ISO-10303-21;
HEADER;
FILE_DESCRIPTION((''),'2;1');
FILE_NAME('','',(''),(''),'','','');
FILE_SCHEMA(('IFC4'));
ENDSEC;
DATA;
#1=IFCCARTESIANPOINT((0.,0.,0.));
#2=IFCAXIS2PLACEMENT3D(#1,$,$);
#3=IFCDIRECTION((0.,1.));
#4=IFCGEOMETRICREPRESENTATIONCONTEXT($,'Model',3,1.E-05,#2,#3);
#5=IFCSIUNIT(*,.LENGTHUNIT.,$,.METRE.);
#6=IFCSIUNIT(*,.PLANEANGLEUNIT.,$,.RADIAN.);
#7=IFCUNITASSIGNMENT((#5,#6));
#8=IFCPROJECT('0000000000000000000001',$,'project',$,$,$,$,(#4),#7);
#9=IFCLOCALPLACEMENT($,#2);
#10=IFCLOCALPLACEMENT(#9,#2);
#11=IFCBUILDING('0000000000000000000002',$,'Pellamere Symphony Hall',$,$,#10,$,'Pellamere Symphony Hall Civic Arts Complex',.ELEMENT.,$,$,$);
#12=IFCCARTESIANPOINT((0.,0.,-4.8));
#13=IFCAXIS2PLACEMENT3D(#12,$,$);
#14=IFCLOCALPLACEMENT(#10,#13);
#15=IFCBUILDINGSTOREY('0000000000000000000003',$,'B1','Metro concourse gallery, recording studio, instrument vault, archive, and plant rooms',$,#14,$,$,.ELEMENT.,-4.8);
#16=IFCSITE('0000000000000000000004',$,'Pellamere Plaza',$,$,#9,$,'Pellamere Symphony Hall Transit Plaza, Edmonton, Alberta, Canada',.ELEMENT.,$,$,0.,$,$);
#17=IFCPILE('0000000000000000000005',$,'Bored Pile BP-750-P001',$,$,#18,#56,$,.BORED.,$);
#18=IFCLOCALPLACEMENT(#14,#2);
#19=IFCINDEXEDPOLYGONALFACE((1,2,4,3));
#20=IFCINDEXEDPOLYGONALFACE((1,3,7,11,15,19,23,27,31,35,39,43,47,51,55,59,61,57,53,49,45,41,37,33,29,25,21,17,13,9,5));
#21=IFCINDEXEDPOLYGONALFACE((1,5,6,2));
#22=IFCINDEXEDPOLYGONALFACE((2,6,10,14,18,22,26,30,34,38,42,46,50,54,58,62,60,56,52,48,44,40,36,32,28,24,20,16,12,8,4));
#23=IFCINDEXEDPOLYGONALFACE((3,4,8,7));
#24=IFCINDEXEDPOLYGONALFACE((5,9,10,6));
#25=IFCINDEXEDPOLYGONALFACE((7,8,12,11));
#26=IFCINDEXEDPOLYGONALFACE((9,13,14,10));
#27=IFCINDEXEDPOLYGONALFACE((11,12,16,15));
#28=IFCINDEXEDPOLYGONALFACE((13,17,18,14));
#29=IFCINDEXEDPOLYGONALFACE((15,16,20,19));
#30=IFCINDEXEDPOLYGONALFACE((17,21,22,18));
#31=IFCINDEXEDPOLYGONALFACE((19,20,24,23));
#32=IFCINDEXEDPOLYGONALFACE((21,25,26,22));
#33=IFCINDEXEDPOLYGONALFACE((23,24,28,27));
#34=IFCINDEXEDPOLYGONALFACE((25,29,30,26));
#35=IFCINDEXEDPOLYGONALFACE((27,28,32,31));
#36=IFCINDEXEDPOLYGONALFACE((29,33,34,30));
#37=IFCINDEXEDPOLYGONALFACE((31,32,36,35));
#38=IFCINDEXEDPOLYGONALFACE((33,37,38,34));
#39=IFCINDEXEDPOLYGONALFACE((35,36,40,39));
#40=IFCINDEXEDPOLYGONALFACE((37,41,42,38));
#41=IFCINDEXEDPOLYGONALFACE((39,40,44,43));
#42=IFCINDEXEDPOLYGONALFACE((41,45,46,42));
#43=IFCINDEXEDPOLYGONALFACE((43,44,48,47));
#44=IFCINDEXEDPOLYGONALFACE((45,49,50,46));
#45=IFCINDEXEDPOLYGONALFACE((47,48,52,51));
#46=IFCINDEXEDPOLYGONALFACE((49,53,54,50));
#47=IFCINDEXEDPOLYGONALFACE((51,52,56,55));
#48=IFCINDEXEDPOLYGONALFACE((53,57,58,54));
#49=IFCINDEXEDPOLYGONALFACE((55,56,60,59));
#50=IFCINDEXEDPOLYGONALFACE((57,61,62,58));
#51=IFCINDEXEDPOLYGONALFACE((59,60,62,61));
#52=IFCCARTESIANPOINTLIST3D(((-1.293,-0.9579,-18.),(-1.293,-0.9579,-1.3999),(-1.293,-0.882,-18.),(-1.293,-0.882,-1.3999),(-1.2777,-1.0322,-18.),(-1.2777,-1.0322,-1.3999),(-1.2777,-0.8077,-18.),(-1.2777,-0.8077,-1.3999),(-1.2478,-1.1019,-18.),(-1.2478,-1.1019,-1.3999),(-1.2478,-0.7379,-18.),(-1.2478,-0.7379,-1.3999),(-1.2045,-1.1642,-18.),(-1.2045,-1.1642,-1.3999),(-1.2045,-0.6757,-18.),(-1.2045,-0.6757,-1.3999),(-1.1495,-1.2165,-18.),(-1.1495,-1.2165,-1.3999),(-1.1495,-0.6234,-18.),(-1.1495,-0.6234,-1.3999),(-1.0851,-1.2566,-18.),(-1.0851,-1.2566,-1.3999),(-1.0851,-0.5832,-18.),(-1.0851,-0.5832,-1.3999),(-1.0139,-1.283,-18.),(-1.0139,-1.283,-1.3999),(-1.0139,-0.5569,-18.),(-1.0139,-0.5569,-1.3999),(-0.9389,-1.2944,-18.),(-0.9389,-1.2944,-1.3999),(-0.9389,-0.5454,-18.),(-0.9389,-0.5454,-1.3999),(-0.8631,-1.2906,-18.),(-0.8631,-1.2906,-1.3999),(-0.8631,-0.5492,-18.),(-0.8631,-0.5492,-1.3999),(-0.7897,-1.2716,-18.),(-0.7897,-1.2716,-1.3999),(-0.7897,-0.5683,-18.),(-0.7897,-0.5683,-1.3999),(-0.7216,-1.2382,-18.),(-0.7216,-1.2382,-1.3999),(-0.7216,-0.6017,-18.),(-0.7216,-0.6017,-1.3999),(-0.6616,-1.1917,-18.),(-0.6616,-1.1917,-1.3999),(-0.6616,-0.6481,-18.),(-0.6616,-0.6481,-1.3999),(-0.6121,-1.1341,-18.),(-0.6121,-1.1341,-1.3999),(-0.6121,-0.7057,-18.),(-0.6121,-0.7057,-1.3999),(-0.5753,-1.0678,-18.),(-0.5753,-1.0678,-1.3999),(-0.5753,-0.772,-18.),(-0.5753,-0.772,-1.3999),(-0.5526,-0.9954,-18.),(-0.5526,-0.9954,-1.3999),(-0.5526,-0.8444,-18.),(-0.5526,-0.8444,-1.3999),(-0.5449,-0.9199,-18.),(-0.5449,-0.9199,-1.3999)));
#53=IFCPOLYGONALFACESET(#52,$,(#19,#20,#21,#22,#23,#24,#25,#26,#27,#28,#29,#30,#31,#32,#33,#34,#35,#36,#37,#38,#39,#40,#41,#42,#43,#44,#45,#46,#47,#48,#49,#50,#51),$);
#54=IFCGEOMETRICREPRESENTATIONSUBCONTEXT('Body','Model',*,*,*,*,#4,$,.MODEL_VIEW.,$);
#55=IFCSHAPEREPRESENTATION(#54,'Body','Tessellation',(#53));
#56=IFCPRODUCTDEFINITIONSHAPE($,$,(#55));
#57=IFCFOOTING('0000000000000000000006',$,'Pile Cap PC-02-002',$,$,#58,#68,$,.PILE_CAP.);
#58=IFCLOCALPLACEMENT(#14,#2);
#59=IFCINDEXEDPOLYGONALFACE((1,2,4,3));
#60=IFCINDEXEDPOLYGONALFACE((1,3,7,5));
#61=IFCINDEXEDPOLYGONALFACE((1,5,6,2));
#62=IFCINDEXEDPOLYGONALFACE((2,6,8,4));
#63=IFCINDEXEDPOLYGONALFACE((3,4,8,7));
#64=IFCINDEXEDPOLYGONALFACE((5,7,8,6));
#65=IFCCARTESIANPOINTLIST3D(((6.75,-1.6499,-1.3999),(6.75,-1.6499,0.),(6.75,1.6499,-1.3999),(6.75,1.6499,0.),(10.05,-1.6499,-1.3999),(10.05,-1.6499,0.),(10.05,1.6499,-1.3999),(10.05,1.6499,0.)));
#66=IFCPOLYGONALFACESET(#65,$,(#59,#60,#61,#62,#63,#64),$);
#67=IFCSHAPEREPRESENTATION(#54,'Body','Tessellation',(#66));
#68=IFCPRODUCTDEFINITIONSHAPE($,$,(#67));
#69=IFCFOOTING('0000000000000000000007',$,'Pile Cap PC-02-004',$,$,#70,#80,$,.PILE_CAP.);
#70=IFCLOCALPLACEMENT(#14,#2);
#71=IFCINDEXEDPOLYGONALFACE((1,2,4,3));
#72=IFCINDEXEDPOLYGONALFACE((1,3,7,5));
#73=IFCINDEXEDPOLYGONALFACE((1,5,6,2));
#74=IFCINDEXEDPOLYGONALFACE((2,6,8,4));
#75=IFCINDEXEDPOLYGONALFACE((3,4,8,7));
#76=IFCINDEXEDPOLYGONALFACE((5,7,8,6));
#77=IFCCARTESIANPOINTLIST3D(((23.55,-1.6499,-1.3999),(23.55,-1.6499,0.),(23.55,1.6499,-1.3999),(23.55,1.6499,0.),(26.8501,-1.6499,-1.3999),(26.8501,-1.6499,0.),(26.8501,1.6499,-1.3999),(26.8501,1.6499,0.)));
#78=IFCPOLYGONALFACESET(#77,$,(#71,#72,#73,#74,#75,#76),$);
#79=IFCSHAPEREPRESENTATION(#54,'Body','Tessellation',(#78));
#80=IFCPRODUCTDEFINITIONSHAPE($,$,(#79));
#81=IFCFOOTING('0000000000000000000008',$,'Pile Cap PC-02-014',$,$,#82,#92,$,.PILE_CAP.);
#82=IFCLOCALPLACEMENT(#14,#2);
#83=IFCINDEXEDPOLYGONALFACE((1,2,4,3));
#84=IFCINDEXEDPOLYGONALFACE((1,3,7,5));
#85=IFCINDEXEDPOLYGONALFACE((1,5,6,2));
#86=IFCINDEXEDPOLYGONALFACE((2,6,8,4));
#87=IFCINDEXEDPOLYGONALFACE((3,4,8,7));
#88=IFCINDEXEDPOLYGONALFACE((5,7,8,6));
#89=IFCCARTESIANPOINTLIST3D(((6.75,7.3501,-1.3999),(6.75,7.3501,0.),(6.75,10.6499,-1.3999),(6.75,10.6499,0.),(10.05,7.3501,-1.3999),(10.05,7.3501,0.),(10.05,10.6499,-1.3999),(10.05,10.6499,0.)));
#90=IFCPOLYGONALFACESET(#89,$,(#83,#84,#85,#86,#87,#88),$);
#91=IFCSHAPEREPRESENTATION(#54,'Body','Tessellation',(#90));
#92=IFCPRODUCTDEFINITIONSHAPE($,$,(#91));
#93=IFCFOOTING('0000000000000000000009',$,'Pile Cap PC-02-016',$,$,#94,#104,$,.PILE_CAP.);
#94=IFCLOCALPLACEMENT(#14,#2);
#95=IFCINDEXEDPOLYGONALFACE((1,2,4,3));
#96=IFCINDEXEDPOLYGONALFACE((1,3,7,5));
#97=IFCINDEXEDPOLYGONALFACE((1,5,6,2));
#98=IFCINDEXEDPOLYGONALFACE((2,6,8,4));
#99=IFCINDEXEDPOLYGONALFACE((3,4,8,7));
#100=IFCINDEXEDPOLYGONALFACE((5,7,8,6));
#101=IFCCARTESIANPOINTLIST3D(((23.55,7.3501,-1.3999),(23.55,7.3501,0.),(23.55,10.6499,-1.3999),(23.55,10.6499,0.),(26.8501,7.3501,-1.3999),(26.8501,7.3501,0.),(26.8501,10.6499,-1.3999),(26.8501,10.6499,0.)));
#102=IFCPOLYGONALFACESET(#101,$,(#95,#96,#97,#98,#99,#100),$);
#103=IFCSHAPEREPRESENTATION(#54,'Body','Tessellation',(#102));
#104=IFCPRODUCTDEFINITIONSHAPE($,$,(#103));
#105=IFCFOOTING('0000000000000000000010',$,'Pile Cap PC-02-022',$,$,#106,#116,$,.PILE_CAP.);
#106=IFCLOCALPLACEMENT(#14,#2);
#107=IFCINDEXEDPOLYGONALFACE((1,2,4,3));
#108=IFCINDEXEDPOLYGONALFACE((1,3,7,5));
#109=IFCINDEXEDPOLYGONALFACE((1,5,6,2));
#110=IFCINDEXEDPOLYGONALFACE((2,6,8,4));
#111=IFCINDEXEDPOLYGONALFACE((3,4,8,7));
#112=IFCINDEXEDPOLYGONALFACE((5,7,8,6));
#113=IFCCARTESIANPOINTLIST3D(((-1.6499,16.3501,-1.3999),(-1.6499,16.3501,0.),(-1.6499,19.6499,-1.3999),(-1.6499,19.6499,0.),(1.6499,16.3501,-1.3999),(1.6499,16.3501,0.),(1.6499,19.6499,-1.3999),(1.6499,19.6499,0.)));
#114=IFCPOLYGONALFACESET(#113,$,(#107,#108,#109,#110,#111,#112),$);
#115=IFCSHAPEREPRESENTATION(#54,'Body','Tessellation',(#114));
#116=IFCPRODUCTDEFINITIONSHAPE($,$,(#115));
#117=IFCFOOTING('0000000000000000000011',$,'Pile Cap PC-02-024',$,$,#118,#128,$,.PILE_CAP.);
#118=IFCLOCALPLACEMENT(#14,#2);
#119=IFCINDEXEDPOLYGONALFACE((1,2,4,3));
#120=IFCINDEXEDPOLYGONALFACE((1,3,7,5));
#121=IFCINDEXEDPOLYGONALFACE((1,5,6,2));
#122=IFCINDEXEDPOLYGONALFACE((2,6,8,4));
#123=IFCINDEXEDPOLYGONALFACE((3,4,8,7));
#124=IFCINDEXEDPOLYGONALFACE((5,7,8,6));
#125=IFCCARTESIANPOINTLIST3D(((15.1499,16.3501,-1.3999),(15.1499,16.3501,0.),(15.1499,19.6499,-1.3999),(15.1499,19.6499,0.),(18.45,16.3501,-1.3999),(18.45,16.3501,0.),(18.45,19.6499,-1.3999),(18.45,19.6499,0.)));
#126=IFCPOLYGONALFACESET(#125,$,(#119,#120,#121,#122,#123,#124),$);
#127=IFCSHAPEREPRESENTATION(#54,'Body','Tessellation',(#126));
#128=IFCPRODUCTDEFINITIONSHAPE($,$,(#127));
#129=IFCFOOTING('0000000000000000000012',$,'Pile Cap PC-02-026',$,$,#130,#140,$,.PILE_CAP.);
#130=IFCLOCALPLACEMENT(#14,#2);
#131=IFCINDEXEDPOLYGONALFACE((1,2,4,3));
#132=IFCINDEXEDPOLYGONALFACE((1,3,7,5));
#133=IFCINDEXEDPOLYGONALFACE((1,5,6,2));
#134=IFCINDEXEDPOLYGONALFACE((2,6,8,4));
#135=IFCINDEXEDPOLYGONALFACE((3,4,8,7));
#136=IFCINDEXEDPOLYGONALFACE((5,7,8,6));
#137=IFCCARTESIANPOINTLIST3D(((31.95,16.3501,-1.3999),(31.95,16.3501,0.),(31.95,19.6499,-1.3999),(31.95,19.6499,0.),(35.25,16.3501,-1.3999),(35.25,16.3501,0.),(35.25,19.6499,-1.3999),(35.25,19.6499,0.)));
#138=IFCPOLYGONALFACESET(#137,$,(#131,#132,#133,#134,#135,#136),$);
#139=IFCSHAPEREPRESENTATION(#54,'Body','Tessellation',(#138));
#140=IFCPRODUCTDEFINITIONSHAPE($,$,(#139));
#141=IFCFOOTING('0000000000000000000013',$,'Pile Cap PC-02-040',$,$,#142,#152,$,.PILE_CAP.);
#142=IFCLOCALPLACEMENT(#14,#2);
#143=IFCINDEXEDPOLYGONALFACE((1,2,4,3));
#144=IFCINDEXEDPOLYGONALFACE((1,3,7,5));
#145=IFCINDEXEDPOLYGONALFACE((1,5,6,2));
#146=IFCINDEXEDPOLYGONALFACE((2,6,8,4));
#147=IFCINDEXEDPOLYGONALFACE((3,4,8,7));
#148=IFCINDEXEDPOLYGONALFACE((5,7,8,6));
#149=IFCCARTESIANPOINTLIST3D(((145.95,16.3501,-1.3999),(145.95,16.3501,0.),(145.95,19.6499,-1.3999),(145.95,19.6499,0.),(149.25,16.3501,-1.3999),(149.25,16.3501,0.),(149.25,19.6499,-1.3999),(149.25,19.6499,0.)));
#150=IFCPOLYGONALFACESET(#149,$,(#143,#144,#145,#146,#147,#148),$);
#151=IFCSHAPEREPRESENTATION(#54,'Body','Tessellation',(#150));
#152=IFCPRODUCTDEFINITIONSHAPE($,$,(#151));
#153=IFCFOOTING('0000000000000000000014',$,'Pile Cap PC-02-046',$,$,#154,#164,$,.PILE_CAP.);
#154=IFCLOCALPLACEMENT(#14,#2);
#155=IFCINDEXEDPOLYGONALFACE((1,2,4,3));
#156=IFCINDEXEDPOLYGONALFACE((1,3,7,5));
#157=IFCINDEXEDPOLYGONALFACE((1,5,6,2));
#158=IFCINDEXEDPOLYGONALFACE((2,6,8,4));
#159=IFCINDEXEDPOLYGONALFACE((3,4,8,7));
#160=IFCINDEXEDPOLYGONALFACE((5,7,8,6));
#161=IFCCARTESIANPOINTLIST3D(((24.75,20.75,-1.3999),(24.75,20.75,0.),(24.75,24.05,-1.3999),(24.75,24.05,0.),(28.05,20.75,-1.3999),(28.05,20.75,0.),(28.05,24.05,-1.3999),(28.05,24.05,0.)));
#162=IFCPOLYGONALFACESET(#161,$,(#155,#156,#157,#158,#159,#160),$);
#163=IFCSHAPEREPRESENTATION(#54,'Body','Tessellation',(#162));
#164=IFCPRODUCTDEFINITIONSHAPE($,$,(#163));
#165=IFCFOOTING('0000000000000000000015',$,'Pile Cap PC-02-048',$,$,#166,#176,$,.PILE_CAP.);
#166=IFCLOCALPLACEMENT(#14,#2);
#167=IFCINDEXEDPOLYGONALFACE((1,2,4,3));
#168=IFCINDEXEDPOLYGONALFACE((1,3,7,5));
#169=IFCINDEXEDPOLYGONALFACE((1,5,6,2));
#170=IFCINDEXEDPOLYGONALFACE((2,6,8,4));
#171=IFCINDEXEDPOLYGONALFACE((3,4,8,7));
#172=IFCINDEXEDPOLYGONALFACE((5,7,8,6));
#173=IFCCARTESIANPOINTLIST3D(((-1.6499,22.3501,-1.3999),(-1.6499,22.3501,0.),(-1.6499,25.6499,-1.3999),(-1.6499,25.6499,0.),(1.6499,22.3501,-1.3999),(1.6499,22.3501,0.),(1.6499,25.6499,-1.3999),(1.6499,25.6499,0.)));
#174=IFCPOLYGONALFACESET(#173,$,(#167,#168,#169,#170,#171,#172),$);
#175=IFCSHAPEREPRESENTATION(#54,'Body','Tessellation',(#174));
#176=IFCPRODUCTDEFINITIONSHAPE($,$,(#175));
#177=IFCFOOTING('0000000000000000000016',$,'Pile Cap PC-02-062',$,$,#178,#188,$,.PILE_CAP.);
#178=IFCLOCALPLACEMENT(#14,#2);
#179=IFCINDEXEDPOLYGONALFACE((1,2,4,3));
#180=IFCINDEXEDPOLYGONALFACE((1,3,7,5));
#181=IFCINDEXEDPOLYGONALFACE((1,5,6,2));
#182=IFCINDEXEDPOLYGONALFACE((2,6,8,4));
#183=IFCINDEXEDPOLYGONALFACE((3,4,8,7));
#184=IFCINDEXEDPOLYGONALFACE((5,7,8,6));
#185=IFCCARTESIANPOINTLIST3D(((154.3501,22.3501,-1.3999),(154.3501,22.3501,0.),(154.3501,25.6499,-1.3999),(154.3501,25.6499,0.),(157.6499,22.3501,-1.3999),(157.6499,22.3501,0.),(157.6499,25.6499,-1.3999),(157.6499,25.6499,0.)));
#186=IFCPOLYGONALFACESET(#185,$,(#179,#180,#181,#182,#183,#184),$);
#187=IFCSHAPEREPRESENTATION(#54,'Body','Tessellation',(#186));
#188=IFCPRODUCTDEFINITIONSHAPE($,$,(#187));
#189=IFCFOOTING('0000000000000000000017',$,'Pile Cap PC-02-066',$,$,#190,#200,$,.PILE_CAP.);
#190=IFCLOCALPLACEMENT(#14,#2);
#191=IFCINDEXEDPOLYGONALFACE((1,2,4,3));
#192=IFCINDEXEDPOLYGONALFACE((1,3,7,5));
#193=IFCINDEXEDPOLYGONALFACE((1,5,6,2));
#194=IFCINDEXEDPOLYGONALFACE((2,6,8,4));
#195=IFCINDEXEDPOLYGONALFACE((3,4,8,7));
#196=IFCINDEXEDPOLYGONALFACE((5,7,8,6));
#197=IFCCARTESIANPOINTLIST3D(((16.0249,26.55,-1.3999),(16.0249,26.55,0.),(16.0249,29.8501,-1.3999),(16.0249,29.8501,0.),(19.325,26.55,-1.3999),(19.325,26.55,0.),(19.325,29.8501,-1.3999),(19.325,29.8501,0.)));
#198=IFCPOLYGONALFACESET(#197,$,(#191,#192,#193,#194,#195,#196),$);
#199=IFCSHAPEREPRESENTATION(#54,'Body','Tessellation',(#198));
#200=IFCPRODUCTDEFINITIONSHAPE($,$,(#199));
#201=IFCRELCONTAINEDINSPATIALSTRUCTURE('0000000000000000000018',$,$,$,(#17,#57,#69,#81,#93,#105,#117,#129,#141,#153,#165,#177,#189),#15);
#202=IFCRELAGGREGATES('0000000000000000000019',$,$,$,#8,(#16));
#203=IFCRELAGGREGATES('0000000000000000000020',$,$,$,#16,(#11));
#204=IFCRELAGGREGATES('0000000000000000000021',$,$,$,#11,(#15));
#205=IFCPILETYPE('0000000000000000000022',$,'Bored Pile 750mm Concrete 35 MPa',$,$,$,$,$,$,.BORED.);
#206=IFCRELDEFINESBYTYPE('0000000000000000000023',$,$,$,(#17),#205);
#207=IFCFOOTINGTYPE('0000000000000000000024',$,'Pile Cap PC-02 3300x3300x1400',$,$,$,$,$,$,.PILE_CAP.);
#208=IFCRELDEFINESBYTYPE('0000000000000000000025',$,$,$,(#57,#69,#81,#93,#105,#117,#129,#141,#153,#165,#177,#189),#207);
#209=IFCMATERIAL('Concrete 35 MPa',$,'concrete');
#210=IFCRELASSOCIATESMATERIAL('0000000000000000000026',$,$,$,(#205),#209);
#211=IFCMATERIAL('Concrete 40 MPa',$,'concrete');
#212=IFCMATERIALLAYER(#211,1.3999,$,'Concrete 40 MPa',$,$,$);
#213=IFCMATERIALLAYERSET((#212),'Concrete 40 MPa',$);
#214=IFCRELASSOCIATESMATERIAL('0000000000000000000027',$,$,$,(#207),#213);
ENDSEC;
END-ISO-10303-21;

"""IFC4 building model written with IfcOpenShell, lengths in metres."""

from ifc_helpers import new_model, si_unit, direction, frame, origin, origin_2d, place, context, subcontext, project, spatial, polyline, circle, outline, extrude, material, layer, layer_set, material_profile, profile_set, type_object, element, save


model = new_model("IFC4")

# Units and contexts
model_context = context("Model", 3, precision=1e-05, world=origin(), true_north=direction((0.0, 1.0)))
body_context = subcontext(model_context, "Body", "Model", "MODEL_VIEW")
ifc_project = project(units=[si_unit("LENGTHUNIT", "METRE"), si_unit("PLANEANGLEUNIT", "RADIAN")], contexts=[model_context])

# Site, building, storey
site_placement = place(None, origin())
site = spatial("IfcSite", under=ifc_project, at=site_placement, Name="Pellamere Plaza", LongName="Pellamere Symphony Hall Transit Plaza, Edmonton, Alberta, Canada", CompositionType="ELEMENT", RefElevation=0.0)
building_placement = place(site_placement, origin())
building = spatial("IfcBuilding", under=site, at=building_placement, Name="Pellamere Symphony Hall", LongName="Pellamere Symphony Hall Civic Arts Complex", CompositionType="ELEMENT")
storey_placement = place(building_placement, frame((0.0, 0.0, -4.8)))
storey = spatial("IfcBuildingStorey", under=building, at=storey_placement, Name="B1", Description="Metro concourse gallery, recording studio, instrument vault, archive, and plant rooms", CompositionType="ELEMENT", Elevation=-4.8)

# Pile
ifc_material_1 = material(Name="Concrete 35 MPa", Category="concrete")
ifc_material_profile = material_profile(ifc_material_1, circle(Radius=0.375, at=origin_2d()), Name="PILE D750")
ifc_profile_set = profile_set([ifc_material_profile], Name="Concrete 35 MPa")
pile_type = type_object("IfcPileType", Name="Bored Pile 750mm Concrete 35 MPa", PredefinedType="BORED", material=ifc_profile_set)
pile_placement = place(storey_placement, frame((-0.9199, -0.9199, -1.3999), z_axis=(0.0, 0.0, -1.0), x_axis=(1.0, 0.0, 0.0)))
element("IfcPile", 1, at=pile_placement, inside=storey, type_object=pile_type, Name="Bored Pile BP-750-P001", PredefinedType="BORED", context=body_context, shape_type="SweptSolid", body=[
    extrude(circle(Radius=0.375, at=origin_2d()), origin(), (0.0, 0.0, 1.0), 16.6001),
])

# Footings
ifc_material_2 = material(Name="Concrete 40 MPa", Category="concrete")
ifc_layer_1 = layer(ifc_material_2, 1.3999, Name="Concrete 40 MPa")
ifc_layer_set_1 = layer_set([ifc_layer_1], Name="Concrete 40 MPa")
footing_type_1 = type_object("IfcFootingType", Name="Pile Cap PC-02 3300x3300x1400", PredefinedType="PILE_CAP", material=ifc_layer_set_1)
footing_1_placement = place(storey_placement, frame((0.0, 0.0, -1.3999)))
element("IfcFooting", 2, at=footing_1_placement, inside=storey, type_object=footing_type_1, Name="Pile Cap PC-02-002", PredefinedType="PILE_CAP", context=body_context, shape_type="SweptSolid", body=[
    extrude(outline(polyline([(6.75, -1.6499), (6.75, 1.6499), (10.05, 1.6499), (10.05, -1.6499), (6.75, -1.6499)])), origin(), (0.0, 0.0, 1.0), 1.3999),
])
footing_2_placement = place(storey_placement, frame((0.0, 0.0, -1.3999)))
element("IfcFooting", 3, at=footing_2_placement, inside=storey, type_object=footing_type_1, Name="Pile Cap PC-02-004", PredefinedType="PILE_CAP", context=body_context, shape_type="SweptSolid", body=[
    extrude(outline(polyline([(26.8501, -1.6499), (23.55, -1.6499), (23.55, 1.6499), (26.8501, 1.6499), (26.8501, -1.6499)])), origin(), (0.0, 0.0, 1.0), 1.3999),
])
footing_3_placement = place(storey_placement, frame((0.0, 0.0, -1.3999)))
element("IfcFooting", 4, at=footing_3_placement, inside=storey, type_object=footing_type_1, Name="Pile Cap PC-02-014", PredefinedType="PILE_CAP", context=body_context, shape_type="SweptSolid", body=[
    extrude(outline(polyline([(6.75, 7.3501), (6.75, 10.6499), (10.05, 10.6499), (10.05, 7.3501), (6.75, 7.3501)])), origin(), (0.0, 0.0, 1.0), 1.3999),
])
footing_4_placement = place(storey_placement, frame((0.0, 0.0, -1.3999)))
element("IfcFooting", 5, at=footing_4_placement, inside=storey, type_object=footing_type_1, Name="Pile Cap PC-02-016", PredefinedType="PILE_CAP", context=body_context, shape_type="SweptSolid", body=[
    extrude(outline(polyline([(26.8501, 7.3501), (23.55, 7.3501), (23.55, 10.6499), (26.8501, 10.6499), (26.8501, 7.3501)])), origin(), (0.0, 0.0, 1.0), 1.3999),
])
footing_5_placement = place(storey_placement, frame((0.0, 0.0, -1.3999)))
element("IfcFooting", 6, at=footing_5_placement, inside=storey, type_object=footing_type_1, Name="Pile Cap PC-02-022", PredefinedType="PILE_CAP", context=body_context, shape_type="SweptSolid", body=[
    extrude(outline(polyline([(-1.6499, 16.3501), (-1.6499, 19.6499), (1.6499, 19.6499), (1.6499, 16.3501), (-1.6499, 16.3501)])), origin(), (0.0, 0.0, 1.0), 1.3999),
])
footing_6_placement = place(storey_placement, frame((0.0, 0.0, -1.3999)))
element("IfcFooting", 7, at=footing_6_placement, inside=storey, type_object=footing_type_1, Name="Pile Cap PC-02-024", PredefinedType="PILE_CAP", context=body_context, shape_type="SweptSolid", body=[
    extrude(outline(polyline([(15.1499, 16.3501), (15.1499, 19.6499), (18.45, 19.6499), (18.45, 16.3501), (15.1499, 16.3501)])), origin(), (0.0, 0.0, 1.0), 1.3999),
])
footing_7_placement = place(storey_placement, frame((0.0, 0.0, -1.3999)))
element("IfcFooting", 8, at=footing_7_placement, inside=storey, type_object=footing_type_1, Name="Pile Cap PC-02-026", PredefinedType="PILE_CAP", context=body_context, shape_type="SweptSolid", body=[
    extrude(outline(polyline([(31.95, 16.3501), (31.95, 19.6499), (35.25, 19.6499), (35.25, 16.3501), (31.95, 16.3501)])), origin(), (0.0, 0.0, 1.0), 1.3999),
])
footing_8_placement = place(storey_placement, frame((0.0, 0.0, -1.3999)))
element("IfcFooting", 9, at=footing_8_placement, inside=storey, type_object=footing_type_1, Name="Pile Cap PC-02-040", PredefinedType="PILE_CAP", context=body_context, shape_type="SweptSolid", body=[
    extrude(outline(polyline([(149.25, 16.3501), (145.95, 16.3501), (145.95, 19.6499), (149.25, 19.6499), (149.25, 16.3501)])), origin(), (0.0, 0.0, 1.0), 1.3999),
])
footing_9_placement = place(storey_placement, frame((0.0, 0.0, -1.3999)))
element("IfcFooting", 10, at=footing_9_placement, inside=storey, type_object=footing_type_1, Name="Pile Cap PC-02-046", PredefinedType="PILE_CAP", context=body_context, shape_type="SweptSolid", body=[
    extrude(outline(polyline([(28.05, 20.75), (24.75, 20.75), (24.75, 24.05), (28.05, 24.05), (28.05, 20.75)])), origin(), (0.0, 0.0, 1.0), 1.3999),
])
footing_10_placement = place(storey_placement, frame((0.0, 0.0, -1.3999)))
element("IfcFooting", 11, at=footing_10_placement, inside=storey, type_object=footing_type_1, Name="Pile Cap PC-02-048", PredefinedType="PILE_CAP", context=body_context, shape_type="SweptSolid", body=[
    extrude(outline(polyline([(-1.6499, 22.3501), (-1.6499, 25.6499), (1.6499, 25.6499), (1.6499, 22.3501), (-1.6499, 22.3501)])), origin(), (0.0, 0.0, 1.0), 1.3999),
])
footing_11_placement = place(storey_placement, frame((0.0, 0.0, -1.3999)))
element("IfcFooting", 12, at=footing_11_placement, inside=storey, type_object=footing_type_1, Name="Pile Cap PC-02-062", PredefinedType="PILE_CAP", context=body_context, shape_type="SweptSolid", body=[
    extrude(outline(polyline([(157.6499, 22.3501), (154.3501, 22.3501), (154.3501, 25.6499), (157.6499, 25.6499), (157.6499, 22.3501)])), origin(), (0.0, 0.0, 1.0), 1.3999),
])
footing_12_placement = place(storey_placement, frame((0.0, 0.0, -1.3999)))
element("IfcFooting", 13, at=footing_12_placement, inside=storey, type_object=footing_type_1, Name="Pile Cap PC-02-066", PredefinedType="PILE_CAP", context=body_context, shape_type="SweptSolid", body=[
    extrude(outline(polyline([(19.325, 26.55), (16.0249, 26.55), (16.0249, 29.8501), (19.325, 29.8501), (19.325, 26.55)])), origin(), (0.0, 0.0, 1.0), 1.3999),
])

save(model, "model.ifc")
